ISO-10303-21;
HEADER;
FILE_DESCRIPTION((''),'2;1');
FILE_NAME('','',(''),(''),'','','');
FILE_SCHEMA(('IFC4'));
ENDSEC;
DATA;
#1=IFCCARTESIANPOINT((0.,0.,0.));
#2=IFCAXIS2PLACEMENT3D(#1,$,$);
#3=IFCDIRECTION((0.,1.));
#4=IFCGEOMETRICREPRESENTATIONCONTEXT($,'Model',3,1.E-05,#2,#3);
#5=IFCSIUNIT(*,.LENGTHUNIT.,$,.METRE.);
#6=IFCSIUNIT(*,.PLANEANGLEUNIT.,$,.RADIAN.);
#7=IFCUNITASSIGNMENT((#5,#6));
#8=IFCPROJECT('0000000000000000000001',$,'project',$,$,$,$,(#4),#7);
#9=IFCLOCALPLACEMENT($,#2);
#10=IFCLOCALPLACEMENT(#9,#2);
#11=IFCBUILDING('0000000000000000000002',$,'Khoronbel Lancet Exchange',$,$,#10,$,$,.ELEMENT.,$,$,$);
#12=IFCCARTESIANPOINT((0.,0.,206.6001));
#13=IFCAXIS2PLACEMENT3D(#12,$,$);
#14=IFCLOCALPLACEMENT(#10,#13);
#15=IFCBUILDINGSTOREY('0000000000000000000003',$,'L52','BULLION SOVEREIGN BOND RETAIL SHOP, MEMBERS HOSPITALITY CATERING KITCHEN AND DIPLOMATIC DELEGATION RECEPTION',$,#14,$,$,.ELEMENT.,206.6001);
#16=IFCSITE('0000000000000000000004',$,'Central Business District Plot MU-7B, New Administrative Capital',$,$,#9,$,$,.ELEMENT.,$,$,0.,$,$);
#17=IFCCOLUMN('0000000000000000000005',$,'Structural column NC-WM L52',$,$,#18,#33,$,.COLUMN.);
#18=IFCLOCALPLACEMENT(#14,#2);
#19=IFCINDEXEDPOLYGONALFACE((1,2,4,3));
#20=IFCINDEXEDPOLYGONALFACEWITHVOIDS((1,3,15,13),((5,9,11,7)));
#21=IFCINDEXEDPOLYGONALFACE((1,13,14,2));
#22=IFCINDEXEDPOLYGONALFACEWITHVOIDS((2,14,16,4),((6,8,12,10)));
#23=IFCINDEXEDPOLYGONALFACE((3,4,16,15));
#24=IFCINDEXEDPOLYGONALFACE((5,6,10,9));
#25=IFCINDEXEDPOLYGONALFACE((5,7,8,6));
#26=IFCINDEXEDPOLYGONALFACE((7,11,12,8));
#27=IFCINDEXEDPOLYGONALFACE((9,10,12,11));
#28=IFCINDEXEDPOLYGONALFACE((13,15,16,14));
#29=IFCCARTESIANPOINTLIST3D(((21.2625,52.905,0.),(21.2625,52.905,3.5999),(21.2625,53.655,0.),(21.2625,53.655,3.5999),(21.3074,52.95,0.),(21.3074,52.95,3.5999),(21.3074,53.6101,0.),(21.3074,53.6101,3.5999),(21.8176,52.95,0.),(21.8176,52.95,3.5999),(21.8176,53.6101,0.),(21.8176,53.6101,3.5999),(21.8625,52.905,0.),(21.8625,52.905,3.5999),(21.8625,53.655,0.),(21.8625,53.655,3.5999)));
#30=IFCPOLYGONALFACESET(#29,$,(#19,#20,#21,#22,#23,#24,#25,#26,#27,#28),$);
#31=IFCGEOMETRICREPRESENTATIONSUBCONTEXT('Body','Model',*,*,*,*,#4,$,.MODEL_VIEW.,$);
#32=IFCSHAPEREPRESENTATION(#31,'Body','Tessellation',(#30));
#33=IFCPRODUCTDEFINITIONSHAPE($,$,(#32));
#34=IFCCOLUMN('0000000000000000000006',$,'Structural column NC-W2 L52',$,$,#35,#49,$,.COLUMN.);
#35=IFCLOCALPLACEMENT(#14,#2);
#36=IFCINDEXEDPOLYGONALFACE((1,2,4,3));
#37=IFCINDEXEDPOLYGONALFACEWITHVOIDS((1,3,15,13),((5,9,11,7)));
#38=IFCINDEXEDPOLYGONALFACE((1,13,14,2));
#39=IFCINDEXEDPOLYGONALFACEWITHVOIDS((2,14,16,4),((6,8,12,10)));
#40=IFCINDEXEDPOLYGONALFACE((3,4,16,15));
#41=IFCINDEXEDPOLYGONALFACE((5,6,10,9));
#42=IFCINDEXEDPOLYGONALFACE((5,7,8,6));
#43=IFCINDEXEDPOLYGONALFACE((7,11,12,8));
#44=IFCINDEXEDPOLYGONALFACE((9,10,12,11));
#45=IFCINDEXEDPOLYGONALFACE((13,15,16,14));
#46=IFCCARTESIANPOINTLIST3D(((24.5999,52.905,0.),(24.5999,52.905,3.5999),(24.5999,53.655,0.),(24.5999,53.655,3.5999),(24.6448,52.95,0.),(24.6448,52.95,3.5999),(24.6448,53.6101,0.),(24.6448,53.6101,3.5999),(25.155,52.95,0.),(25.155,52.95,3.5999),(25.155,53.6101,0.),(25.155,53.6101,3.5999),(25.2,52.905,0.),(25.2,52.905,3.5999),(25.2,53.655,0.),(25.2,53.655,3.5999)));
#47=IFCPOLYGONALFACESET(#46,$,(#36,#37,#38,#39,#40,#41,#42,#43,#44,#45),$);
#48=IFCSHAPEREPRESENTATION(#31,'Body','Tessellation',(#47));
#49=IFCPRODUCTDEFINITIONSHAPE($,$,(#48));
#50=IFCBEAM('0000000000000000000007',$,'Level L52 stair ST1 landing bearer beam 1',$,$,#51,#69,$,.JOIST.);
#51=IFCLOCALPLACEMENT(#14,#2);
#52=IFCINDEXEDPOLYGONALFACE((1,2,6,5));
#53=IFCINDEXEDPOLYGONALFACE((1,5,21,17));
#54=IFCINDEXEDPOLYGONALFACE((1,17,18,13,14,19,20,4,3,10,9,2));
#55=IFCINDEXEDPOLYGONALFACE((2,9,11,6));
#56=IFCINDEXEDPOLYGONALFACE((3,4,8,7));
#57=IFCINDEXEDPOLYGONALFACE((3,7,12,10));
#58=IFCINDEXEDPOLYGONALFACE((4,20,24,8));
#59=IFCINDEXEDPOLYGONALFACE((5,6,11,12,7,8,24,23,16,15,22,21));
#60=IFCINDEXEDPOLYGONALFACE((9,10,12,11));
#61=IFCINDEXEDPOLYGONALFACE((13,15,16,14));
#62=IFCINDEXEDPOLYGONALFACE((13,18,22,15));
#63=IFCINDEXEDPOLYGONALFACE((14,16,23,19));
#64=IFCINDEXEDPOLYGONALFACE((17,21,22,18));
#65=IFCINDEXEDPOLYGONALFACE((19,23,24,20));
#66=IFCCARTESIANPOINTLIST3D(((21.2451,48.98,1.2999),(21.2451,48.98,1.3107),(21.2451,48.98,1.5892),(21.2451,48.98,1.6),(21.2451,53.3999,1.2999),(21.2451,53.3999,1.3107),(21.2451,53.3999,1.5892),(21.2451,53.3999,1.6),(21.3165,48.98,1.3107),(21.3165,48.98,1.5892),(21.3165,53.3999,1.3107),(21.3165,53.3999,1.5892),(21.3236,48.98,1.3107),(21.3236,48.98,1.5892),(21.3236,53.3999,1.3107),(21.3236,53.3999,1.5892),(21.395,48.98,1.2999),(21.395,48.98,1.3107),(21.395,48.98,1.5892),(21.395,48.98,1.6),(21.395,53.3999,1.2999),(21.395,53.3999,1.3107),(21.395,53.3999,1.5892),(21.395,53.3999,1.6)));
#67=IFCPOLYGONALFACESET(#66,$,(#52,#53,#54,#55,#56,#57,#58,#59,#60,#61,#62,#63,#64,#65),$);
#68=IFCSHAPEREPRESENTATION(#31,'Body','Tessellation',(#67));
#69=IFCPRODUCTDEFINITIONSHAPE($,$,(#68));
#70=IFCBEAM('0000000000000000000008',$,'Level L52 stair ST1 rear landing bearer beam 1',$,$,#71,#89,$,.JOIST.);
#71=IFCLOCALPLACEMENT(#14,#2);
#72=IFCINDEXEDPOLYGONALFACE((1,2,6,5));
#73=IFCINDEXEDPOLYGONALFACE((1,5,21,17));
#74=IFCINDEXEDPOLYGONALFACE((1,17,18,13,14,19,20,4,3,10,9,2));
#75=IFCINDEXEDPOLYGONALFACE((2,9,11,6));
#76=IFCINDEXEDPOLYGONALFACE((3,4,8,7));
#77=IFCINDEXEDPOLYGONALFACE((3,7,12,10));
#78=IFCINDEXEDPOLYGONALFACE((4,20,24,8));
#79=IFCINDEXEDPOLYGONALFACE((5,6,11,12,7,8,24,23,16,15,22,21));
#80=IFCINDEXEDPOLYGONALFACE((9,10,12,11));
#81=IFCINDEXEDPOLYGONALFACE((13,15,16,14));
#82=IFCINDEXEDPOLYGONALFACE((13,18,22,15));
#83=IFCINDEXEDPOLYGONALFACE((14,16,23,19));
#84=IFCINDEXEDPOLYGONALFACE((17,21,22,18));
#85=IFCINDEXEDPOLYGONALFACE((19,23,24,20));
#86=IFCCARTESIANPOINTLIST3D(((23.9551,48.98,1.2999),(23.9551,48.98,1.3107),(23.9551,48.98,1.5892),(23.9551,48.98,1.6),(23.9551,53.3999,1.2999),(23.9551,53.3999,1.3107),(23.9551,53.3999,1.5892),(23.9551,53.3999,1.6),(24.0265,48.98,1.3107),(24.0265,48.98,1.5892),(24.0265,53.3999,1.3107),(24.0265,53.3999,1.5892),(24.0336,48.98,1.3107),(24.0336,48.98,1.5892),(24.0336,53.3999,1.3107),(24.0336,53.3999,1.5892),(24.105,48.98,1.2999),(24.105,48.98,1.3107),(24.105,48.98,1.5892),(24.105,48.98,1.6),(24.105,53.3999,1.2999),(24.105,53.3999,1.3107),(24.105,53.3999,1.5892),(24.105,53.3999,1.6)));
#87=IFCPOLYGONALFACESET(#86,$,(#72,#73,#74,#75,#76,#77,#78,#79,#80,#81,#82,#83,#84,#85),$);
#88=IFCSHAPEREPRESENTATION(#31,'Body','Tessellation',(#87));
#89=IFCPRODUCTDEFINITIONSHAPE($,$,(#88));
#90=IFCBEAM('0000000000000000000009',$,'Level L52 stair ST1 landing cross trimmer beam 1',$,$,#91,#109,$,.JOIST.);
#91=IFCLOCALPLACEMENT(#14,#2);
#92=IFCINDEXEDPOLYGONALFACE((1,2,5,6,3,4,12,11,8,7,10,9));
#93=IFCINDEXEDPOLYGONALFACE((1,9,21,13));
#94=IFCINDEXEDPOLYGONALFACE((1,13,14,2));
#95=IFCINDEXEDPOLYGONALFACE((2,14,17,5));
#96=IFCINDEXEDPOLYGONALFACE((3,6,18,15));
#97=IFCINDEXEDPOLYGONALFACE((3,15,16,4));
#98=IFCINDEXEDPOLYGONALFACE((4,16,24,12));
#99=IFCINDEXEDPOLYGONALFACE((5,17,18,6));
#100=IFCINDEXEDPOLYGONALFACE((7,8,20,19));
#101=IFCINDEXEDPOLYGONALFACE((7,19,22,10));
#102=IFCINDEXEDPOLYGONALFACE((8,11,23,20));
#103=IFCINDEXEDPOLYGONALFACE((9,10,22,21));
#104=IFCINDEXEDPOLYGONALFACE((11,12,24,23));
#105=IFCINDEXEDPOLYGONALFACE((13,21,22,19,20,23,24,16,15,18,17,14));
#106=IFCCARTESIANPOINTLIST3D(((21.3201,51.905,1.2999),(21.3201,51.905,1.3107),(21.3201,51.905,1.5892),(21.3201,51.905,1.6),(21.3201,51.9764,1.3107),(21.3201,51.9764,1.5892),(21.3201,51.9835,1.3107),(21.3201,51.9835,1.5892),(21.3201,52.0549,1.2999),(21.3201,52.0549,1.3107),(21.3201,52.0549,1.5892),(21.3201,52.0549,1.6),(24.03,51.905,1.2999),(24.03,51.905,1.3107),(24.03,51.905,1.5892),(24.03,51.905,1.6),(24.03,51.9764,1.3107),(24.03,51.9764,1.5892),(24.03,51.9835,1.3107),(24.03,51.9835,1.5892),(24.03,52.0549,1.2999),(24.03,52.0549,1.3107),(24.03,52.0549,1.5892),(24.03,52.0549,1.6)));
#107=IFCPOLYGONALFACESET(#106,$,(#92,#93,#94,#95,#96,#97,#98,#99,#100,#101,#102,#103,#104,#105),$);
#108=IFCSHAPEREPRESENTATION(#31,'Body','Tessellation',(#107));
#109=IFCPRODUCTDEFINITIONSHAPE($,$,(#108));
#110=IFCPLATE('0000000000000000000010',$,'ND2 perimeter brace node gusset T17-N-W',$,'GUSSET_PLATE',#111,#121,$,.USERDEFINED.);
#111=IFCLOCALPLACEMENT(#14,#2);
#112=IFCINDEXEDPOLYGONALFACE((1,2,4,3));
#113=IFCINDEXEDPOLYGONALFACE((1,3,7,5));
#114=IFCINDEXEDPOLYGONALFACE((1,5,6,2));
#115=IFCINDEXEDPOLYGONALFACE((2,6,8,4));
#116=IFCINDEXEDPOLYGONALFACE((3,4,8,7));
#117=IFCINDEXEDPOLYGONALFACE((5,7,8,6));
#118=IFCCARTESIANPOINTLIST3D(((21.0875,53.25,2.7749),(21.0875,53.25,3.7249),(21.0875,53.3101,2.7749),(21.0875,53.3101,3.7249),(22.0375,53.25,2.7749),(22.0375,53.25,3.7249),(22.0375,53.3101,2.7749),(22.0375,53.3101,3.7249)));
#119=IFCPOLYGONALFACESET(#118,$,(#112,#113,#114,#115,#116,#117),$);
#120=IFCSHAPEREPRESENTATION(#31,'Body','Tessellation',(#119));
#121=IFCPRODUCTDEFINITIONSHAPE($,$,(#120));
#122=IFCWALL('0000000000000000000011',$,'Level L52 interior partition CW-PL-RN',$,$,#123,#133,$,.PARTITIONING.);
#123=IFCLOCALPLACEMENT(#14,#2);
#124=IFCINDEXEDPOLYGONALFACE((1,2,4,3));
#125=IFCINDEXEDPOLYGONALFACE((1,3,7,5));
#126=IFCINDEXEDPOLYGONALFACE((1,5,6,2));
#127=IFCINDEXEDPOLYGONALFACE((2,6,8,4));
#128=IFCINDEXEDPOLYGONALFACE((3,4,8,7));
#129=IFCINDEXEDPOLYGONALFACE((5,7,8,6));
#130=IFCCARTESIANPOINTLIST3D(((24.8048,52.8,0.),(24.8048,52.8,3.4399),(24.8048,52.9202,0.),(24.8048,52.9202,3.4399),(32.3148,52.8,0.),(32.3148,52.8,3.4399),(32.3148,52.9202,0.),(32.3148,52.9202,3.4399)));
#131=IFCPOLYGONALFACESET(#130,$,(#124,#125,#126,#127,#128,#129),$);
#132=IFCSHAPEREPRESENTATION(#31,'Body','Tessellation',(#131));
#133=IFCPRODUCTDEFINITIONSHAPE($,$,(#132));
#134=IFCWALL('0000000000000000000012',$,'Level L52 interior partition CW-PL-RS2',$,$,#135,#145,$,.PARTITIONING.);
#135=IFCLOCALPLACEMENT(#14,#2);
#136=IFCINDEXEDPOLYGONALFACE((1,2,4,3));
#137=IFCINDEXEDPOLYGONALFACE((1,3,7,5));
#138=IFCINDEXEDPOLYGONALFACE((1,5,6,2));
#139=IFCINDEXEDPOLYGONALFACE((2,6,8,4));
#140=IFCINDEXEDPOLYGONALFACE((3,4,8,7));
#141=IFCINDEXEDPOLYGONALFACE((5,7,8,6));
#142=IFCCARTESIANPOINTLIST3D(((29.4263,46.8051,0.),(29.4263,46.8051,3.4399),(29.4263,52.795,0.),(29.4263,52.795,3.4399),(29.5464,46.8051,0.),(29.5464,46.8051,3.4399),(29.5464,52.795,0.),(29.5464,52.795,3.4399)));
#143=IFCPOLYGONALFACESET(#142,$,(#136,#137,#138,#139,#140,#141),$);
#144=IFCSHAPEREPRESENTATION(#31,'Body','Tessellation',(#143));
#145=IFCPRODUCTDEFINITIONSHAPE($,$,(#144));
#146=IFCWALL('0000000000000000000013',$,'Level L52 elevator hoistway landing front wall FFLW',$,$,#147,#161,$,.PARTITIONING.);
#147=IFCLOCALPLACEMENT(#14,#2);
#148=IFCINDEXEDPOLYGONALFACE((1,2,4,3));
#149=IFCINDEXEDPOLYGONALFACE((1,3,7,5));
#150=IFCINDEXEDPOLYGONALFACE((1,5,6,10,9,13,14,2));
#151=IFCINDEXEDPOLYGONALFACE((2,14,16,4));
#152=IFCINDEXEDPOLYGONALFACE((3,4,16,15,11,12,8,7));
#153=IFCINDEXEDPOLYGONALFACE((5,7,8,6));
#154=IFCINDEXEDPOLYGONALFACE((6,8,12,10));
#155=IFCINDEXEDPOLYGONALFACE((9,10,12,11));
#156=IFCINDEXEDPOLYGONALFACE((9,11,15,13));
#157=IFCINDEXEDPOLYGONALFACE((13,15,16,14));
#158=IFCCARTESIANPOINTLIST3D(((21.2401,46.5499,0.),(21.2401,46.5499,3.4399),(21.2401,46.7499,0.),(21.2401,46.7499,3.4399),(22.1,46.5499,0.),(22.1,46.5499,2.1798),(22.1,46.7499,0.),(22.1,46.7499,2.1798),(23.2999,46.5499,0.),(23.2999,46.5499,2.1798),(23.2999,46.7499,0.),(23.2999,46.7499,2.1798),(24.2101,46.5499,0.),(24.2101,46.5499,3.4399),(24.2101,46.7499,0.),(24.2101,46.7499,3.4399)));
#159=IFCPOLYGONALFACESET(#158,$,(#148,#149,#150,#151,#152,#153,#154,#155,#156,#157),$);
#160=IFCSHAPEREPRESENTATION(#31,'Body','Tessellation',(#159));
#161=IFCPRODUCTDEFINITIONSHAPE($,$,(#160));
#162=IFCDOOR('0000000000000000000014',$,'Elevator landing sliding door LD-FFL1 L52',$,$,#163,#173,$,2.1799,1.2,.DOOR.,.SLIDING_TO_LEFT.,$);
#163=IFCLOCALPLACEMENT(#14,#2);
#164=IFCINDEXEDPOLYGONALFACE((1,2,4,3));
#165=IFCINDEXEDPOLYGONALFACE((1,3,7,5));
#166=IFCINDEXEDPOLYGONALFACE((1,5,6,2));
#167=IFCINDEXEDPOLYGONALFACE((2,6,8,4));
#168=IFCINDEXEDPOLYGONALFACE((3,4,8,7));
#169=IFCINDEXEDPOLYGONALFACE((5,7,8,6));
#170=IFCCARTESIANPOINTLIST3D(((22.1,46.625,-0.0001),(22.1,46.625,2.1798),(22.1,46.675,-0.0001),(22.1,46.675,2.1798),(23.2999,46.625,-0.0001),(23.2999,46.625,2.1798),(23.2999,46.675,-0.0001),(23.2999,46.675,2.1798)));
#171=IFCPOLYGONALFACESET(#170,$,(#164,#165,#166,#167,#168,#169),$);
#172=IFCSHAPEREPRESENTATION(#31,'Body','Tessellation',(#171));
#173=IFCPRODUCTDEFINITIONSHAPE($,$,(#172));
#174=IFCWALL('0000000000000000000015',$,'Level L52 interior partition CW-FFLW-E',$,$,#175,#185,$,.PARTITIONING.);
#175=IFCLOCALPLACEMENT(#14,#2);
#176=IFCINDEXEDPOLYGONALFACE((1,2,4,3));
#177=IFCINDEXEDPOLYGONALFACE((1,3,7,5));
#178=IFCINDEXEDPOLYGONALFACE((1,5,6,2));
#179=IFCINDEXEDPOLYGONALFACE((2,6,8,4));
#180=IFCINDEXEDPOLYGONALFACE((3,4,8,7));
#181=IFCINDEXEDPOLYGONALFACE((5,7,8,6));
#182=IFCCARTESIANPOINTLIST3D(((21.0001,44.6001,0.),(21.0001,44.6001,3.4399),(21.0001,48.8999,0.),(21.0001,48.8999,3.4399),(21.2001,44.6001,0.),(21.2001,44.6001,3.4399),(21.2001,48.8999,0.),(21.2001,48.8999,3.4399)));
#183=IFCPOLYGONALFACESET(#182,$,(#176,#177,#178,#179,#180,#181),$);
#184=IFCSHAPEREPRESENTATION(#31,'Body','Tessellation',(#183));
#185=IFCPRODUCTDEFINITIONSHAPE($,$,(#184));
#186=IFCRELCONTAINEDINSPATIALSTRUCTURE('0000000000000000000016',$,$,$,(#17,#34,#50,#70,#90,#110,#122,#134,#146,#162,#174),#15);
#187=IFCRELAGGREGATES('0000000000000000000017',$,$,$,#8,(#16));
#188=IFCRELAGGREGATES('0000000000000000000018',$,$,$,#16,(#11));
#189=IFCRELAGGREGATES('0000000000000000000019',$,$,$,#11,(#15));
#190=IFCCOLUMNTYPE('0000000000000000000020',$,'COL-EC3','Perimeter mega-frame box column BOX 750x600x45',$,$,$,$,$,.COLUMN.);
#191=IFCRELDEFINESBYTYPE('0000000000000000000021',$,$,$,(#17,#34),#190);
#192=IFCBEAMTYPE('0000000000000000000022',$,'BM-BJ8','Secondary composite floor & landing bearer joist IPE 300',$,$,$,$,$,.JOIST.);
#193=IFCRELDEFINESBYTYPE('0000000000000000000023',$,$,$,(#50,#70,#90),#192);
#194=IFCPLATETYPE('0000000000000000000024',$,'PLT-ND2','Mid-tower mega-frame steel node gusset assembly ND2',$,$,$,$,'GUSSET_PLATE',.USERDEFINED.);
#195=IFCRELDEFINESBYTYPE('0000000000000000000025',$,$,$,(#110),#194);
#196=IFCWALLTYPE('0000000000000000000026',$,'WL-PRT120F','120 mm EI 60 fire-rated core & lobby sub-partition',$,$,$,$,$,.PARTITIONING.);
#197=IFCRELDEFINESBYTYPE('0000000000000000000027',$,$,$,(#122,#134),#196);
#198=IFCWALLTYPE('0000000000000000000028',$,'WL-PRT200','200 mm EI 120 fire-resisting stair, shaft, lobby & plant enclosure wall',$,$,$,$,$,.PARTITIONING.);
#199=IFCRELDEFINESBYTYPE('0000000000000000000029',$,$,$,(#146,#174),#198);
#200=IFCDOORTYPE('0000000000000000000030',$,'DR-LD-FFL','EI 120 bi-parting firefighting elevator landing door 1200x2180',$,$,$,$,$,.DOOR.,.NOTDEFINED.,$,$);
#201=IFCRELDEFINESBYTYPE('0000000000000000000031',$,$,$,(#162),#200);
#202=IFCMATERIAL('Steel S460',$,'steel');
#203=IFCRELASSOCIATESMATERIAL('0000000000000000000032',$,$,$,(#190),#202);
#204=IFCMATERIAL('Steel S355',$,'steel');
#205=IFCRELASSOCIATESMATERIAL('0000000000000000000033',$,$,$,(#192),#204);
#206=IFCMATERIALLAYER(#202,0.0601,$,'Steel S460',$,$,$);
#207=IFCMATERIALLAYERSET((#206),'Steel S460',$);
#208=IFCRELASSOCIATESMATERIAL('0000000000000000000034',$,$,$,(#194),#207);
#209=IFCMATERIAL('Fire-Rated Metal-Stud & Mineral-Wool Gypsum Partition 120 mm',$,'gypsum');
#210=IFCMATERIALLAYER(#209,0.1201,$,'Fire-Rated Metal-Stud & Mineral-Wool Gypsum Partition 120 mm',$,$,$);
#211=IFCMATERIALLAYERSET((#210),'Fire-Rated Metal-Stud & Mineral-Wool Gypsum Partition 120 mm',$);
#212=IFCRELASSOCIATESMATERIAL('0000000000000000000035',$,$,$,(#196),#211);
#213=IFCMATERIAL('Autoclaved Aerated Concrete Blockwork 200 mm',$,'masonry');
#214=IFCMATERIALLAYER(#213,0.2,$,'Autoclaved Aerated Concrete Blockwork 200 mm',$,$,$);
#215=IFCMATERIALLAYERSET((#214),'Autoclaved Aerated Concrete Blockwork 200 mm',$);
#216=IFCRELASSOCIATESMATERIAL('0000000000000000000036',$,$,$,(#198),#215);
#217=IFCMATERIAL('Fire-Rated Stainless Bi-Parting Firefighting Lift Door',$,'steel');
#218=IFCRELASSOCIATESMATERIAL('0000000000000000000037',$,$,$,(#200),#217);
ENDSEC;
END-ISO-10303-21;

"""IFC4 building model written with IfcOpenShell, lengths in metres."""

from ifc_helpers import new_model, si_unit, direction, frame, frame_2d, origin, origin_2d, place, context, subcontext, project, spatial, rectangle, hollow_rectangle, i_section, extrude, material, layer, layer_set, material_profile, profile_set, type_object, element, fill, save


model = new_model("IFC4")

# Units and contexts
model_context = context("Model", 3, precision=1e-05, world=origin(), true_north=direction((0.0, 1.0)))
body_context = subcontext(model_context, "Body", "Model", "MODEL_VIEW")
ifc_project = project(units=[si_unit("LENGTHUNIT", "METRE"), si_unit("PLANEANGLEUNIT", "RADIAN")], contexts=[model_context])

# Site, building, storey
site_placement = place(None, origin())
site = spatial("IfcSite", under=ifc_project, at=site_placement, Name="Central Business District Plot MU-7B, New Administrative Capital", CompositionType="ELEMENT", RefElevation=0.0)
building_placement = place(site_placement, origin())
building = spatial("IfcBuilding", under=site, at=building_placement, Name="Khoronbel Lancet Exchange", CompositionType="ELEMENT")
storey_placement = place(building_placement, frame((0.0, 0.0, 206.6001)))
storey = spatial("IfcBuildingStorey", under=building, at=storey_placement, Name="L52", Description="BULLION SOVEREIGN BOND RETAIL SHOP, MEMBERS HOSPITALITY CATERING KITCHEN AND DIPLOMATIC DELEGATION RECEPTION", CompositionType="ELEMENT", Elevation=206.6001)

# Columns
ifc_material_1 = material(Name="Steel S460", Category="steel")
ifc_material_profile_1 = material_profile(ifc_material_1, hollow_rectangle(XDim=0.6001, YDim=0.75, WallThickness=0.0449, at=origin_2d()), Name="BOX 750x600x45")
ifc_profile_set_1 = profile_set([ifc_material_profile_1], Name="Steel S460")
column_type = type_object("IfcColumnType", Name="COL-EC3", Description="Perimeter mega-frame box column BOX 750x600x45", PredefinedType="COLUMN", material=ifc_profile_set_1)
for number, where, z_axis, x_axis, name in (
    (1, (21.5625, 53.28, 0.0), (0.0, 0.0, 1.0), (1.0, 0.0, 0.0), "Structural column NC-WM L52"),
    (2, (24.8999, 53.28, 0.0), (0.0, 0.0, 1.0), (1.0, 0.0, 0.0), "Structural column NC-W2 L52"),
):
    element("IfcColumn", number, at=place(storey_placement, frame(where, z_axis=z_axis, x_axis=x_axis)), inside=storey, type_object=column_type, Name=name, PredefinedType="COLUMN", context=body_context, shape_type="SweptSolid", body=[
        extrude(hollow_rectangle(XDim=0.6001, YDim=0.75, WallThickness=0.0449, at=origin_2d()), origin(), (0.0, 0.0, 1.0), 3.5999),
    ])

# Beams
ifc_material_2 = material(Name="Steel S355", Category="steel")
ifc_material_profile_2 = material_profile(ifc_material_2, i_section(OverallWidth=0.1499, OverallDepth=0.3, WebThickness=0.0071, FlangeThickness=0.0107, at=origin_2d()), Name="IPE 300")
ifc_profile_set_2 = profile_set([ifc_material_profile_2], Name="Steel S355")
beam_type = type_object("IfcBeamType", Name="BM-BJ8", Description="Secondary composite floor & landing bearer joist IPE 300", PredefinedType="JOIST", material=ifc_profile_set_2)
for number, where, z_axis, x_axis, name in (
    (3, (21.3201, 48.98, 1.45), (0.0, 1.0, 0.0), (-1.0, 0.0, 0.0), "Level L52 stair ST1 landing bearer beam 1"),
    (4, (24.03, 48.98, 1.45), (0.0, 1.0, 0.0), (-1.0, 0.0, 0.0), "Level L52 stair ST1 rear landing bearer beam 1"),
):
    element("IfcBeam", number, at=place(storey_placement, frame(where, z_axis=z_axis, x_axis=x_axis)), inside=storey, type_object=beam_type, Name=name, PredefinedType="JOIST", context=body_context, shape_type="SweptSolid", body=[
        extrude(i_section(OverallWidth=0.1499, OverallDepth=0.3, WebThickness=0.0071, FlangeThickness=0.0107, at=origin_2d()), origin(), (0.0, 0.0, 1.0), 4.4199),
    ])
beam_placement = place(storey_placement, frame((21.3201, 51.98, 1.45), z_axis=(1.0, 0.0, 0.0), x_axis=(0.0, 1.0, 0.0)))
element("IfcBeam", 5, at=beam_placement, inside=storey, type_object=beam_type, Name="Level L52 stair ST1 landing cross trimmer beam 1", PredefinedType="JOIST", context=body_context, shape_type="SweptSolid", body=[
    extrude(i_section(OverallWidth=0.1499, OverallDepth=0.3, WebThickness=0.0071, FlangeThickness=0.0107, at=origin_2d()), origin(), (0.0, 0.0, 1.0), 2.71),
])

# Plate
ifc_layer_1 = layer(ifc_material_1, 0.0601, Name="Steel S460")
ifc_layer_set_1 = layer_set([ifc_layer_1], Name="Steel S460")
plate_type = type_object("IfcPlateType", Name="PLT-ND2", Description="Mid-tower mega-frame steel node gusset assembly ND2", ElementType="GUSSET_PLATE", PredefinedType="USERDEFINED", material=ifc_layer_set_1)
plate_placement = place(storey_placement, frame((21.5625, 53.28, 2.7749), z_axis=(0.0, 0.0, 1.0), x_axis=(1.0, 0.0, 0.0)))
element("IfcPlate", 6, at=plate_placement, inside=storey, type_object=plate_type, Name="ND2 perimeter brace node gusset T17-N-W", ObjectType="GUSSET_PLATE", PredefinedType="USERDEFINED", context=body_context, shape_type="SweptSolid", body=[
    extrude(rectangle(XDim=0.95, YDim=0.0601, at=origin_2d()), origin(), (0.0, 0.0, 1.0), 0.95),
])

# Walls
ifc_material_3 = material(Name="Fire-Rated Metal-Stud & Mineral-Wool Gypsum Partition 120 mm", Category="gypsum")
ifc_layer_2 = layer(ifc_material_3, 0.1201, Name="Fire-Rated Metal-Stud & Mineral-Wool Gypsum Partition 120 mm")
ifc_layer_set_2 = layer_set([ifc_layer_2], Name="Fire-Rated Metal-Stud & Mineral-Wool Gypsum Partition 120 mm")
wall_type_1 = type_object("IfcWallType", Name="WL-PRT120F", Description="120 mm EI 60 fire-rated core & lobby sub-partition", PredefinedType="PARTITIONING", material=ifc_layer_set_2)
wall_1_placement = place(storey_placement, frame((24.8049, 52.8601, 0.0), z_axis=(0.0, 0.0, 1.0), x_axis=(1.0, 0.0, 0.0)))
element("IfcWall", 7, at=wall_1_placement, inside=storey, type_object=wall_type_1, Name="Level L52 interior partition CW-PL-RN", PredefinedType="PARTITIONING", context=body_context, shape_type="SweptSolid", body=[
    extrude(rectangle(XDim=7.51, YDim=0.1201, at=frame_2d((3.7549, 0.0))), origin(), (0.0, 0.0, 1.0), 3.4399),
])
wall_2_placement = place(storey_placement, frame((29.4863, 46.8049, 0.0), z_axis=(0.0, 0.0, 1.0), x_axis=(0.0, 1.0, 0.0)))
element("IfcWall", 8, at=wall_2_placement, inside=storey, type_object=wall_type_1, Name="Level L52 interior partition CW-PL-RS2", PredefinedType="PARTITIONING", context=body_context, shape_type="SweptSolid", body=[
    extrude(rectangle(XDim=5.99, YDim=0.1201, at=frame_2d((2.9951, 0.0))), origin(), (0.0, 0.0, 1.0), 3.4399),
])

# Wall, opening, door
ifc_material_4 = material(Name="Autoclaved Aerated Concrete Blockwork 200 mm", Category="masonry")
ifc_layer_3 = layer(ifc_material_4, 0.2, Name="Autoclaved Aerated Concrete Blockwork 200 mm")
ifc_layer_set_3 = layer_set([ifc_layer_3], Name="Autoclaved Aerated Concrete Blockwork 200 mm")
wall_type_2 = type_object("IfcWallType", Name="WL-PRT200", Description="200 mm EI 120 fire-resisting stair, shaft, lobby & plant enclosure wall", PredefinedType="PARTITIONING", material=ifc_layer_set_3)
wall_3_placement = place(storey_placement, frame((24.21, 46.6499, 0.0), z_axis=(0.0, 0.0, 1.0), x_axis=(-1.0, 0.0, 0.0)))
wall_3 = element("IfcWall", 9, at=wall_3_placement, inside=storey, type_object=wall_type_2, Name="Level L52 elevator hoistway landing front wall FFLW", PredefinedType="PARTITIONING", context=body_context, shape_type="SweptSolid", body=[
    extrude(rectangle(XDim=2.97, YDim=0.2, at=frame_2d((1.4849, 0.0))), origin(), (0.0, 0.0, 1.0), 3.4399),
])
opening_1_placement = place(wall_3_placement, frame((0.9099, 0.0, 0.0)))
opening_1 = element("IfcOpeningElement", 10, at=opening_1_placement, cuts=wall_3, PredefinedType="OPENING", context=body_context, shape_type="SweptSolid", body=[
    extrude(rectangle(XDim=1.2, YDim=2.1799, at=frame_2d((0.6001, 1.0898))), frame((0.0, 0.1099, 0.0), z_axis=(0.0, -1.0, 0.0), x_axis=(1.0, 0.0, 0.0)), (0.0, 0.0, 1.0), 0.22),
])
ifc_material_5 = material(Name="Fire-Rated Stainless Bi-Parting Firefighting Lift Door", Category="steel")
door_type_1 = type_object("IfcDoorType", Name="DR-LD-FFL", Description="EI 120 bi-parting firefighting elevator landing door 1200x2180", OperationType="NOTDEFINED", PredefinedType="DOOR", material=ifc_material_5)
door_1_placement = place(opening_1_placement, origin())
door_1 = element("IfcDoor", 11, at=door_1_placement, inside=storey, type_object=door_type_1, Name="Elevator landing sliding door LD-FFL1 L52", OperationType="SLIDING_TO_LEFT", OverallHeight=2.1799, OverallWidth=1.2, PredefinedType="DOOR", context=body_context, shape_type="SweptSolid", body=[
    extrude(rectangle(XDim=1.2, YDim=2.1799, at=frame_2d((0.6001, 1.0898))), frame((0.0, 0.0249, 0.0), z_axis=(0.0, -1.0, 0.0), x_axis=(1.0, 0.0, 0.0)), (0.0, 0.0, 1.0), 0.05),
])
fill(opening_1, door_1)

# Wall
wall_4_placement = place(storey_placement, frame((21.1001, 44.6001, 0.0), z_axis=(0.0, 0.0, 1.0), x_axis=(0.0, 1.0, 0.0)))
element("IfcWall", 12, at=wall_4_placement, inside=storey, type_object=wall_type_2, Name="Level L52 interior partition CW-FFLW-E", PredefinedType="PARTITIONING", context=body_context, shape_type="SweptSolid", body=[
    extrude(rectangle(XDim=4.2998, YDim=0.2, at=frame_2d((2.1499, 0.0))), origin(), (0.0, 0.0, 1.0), 3.4399),
])

save(model, "model.ifc")
